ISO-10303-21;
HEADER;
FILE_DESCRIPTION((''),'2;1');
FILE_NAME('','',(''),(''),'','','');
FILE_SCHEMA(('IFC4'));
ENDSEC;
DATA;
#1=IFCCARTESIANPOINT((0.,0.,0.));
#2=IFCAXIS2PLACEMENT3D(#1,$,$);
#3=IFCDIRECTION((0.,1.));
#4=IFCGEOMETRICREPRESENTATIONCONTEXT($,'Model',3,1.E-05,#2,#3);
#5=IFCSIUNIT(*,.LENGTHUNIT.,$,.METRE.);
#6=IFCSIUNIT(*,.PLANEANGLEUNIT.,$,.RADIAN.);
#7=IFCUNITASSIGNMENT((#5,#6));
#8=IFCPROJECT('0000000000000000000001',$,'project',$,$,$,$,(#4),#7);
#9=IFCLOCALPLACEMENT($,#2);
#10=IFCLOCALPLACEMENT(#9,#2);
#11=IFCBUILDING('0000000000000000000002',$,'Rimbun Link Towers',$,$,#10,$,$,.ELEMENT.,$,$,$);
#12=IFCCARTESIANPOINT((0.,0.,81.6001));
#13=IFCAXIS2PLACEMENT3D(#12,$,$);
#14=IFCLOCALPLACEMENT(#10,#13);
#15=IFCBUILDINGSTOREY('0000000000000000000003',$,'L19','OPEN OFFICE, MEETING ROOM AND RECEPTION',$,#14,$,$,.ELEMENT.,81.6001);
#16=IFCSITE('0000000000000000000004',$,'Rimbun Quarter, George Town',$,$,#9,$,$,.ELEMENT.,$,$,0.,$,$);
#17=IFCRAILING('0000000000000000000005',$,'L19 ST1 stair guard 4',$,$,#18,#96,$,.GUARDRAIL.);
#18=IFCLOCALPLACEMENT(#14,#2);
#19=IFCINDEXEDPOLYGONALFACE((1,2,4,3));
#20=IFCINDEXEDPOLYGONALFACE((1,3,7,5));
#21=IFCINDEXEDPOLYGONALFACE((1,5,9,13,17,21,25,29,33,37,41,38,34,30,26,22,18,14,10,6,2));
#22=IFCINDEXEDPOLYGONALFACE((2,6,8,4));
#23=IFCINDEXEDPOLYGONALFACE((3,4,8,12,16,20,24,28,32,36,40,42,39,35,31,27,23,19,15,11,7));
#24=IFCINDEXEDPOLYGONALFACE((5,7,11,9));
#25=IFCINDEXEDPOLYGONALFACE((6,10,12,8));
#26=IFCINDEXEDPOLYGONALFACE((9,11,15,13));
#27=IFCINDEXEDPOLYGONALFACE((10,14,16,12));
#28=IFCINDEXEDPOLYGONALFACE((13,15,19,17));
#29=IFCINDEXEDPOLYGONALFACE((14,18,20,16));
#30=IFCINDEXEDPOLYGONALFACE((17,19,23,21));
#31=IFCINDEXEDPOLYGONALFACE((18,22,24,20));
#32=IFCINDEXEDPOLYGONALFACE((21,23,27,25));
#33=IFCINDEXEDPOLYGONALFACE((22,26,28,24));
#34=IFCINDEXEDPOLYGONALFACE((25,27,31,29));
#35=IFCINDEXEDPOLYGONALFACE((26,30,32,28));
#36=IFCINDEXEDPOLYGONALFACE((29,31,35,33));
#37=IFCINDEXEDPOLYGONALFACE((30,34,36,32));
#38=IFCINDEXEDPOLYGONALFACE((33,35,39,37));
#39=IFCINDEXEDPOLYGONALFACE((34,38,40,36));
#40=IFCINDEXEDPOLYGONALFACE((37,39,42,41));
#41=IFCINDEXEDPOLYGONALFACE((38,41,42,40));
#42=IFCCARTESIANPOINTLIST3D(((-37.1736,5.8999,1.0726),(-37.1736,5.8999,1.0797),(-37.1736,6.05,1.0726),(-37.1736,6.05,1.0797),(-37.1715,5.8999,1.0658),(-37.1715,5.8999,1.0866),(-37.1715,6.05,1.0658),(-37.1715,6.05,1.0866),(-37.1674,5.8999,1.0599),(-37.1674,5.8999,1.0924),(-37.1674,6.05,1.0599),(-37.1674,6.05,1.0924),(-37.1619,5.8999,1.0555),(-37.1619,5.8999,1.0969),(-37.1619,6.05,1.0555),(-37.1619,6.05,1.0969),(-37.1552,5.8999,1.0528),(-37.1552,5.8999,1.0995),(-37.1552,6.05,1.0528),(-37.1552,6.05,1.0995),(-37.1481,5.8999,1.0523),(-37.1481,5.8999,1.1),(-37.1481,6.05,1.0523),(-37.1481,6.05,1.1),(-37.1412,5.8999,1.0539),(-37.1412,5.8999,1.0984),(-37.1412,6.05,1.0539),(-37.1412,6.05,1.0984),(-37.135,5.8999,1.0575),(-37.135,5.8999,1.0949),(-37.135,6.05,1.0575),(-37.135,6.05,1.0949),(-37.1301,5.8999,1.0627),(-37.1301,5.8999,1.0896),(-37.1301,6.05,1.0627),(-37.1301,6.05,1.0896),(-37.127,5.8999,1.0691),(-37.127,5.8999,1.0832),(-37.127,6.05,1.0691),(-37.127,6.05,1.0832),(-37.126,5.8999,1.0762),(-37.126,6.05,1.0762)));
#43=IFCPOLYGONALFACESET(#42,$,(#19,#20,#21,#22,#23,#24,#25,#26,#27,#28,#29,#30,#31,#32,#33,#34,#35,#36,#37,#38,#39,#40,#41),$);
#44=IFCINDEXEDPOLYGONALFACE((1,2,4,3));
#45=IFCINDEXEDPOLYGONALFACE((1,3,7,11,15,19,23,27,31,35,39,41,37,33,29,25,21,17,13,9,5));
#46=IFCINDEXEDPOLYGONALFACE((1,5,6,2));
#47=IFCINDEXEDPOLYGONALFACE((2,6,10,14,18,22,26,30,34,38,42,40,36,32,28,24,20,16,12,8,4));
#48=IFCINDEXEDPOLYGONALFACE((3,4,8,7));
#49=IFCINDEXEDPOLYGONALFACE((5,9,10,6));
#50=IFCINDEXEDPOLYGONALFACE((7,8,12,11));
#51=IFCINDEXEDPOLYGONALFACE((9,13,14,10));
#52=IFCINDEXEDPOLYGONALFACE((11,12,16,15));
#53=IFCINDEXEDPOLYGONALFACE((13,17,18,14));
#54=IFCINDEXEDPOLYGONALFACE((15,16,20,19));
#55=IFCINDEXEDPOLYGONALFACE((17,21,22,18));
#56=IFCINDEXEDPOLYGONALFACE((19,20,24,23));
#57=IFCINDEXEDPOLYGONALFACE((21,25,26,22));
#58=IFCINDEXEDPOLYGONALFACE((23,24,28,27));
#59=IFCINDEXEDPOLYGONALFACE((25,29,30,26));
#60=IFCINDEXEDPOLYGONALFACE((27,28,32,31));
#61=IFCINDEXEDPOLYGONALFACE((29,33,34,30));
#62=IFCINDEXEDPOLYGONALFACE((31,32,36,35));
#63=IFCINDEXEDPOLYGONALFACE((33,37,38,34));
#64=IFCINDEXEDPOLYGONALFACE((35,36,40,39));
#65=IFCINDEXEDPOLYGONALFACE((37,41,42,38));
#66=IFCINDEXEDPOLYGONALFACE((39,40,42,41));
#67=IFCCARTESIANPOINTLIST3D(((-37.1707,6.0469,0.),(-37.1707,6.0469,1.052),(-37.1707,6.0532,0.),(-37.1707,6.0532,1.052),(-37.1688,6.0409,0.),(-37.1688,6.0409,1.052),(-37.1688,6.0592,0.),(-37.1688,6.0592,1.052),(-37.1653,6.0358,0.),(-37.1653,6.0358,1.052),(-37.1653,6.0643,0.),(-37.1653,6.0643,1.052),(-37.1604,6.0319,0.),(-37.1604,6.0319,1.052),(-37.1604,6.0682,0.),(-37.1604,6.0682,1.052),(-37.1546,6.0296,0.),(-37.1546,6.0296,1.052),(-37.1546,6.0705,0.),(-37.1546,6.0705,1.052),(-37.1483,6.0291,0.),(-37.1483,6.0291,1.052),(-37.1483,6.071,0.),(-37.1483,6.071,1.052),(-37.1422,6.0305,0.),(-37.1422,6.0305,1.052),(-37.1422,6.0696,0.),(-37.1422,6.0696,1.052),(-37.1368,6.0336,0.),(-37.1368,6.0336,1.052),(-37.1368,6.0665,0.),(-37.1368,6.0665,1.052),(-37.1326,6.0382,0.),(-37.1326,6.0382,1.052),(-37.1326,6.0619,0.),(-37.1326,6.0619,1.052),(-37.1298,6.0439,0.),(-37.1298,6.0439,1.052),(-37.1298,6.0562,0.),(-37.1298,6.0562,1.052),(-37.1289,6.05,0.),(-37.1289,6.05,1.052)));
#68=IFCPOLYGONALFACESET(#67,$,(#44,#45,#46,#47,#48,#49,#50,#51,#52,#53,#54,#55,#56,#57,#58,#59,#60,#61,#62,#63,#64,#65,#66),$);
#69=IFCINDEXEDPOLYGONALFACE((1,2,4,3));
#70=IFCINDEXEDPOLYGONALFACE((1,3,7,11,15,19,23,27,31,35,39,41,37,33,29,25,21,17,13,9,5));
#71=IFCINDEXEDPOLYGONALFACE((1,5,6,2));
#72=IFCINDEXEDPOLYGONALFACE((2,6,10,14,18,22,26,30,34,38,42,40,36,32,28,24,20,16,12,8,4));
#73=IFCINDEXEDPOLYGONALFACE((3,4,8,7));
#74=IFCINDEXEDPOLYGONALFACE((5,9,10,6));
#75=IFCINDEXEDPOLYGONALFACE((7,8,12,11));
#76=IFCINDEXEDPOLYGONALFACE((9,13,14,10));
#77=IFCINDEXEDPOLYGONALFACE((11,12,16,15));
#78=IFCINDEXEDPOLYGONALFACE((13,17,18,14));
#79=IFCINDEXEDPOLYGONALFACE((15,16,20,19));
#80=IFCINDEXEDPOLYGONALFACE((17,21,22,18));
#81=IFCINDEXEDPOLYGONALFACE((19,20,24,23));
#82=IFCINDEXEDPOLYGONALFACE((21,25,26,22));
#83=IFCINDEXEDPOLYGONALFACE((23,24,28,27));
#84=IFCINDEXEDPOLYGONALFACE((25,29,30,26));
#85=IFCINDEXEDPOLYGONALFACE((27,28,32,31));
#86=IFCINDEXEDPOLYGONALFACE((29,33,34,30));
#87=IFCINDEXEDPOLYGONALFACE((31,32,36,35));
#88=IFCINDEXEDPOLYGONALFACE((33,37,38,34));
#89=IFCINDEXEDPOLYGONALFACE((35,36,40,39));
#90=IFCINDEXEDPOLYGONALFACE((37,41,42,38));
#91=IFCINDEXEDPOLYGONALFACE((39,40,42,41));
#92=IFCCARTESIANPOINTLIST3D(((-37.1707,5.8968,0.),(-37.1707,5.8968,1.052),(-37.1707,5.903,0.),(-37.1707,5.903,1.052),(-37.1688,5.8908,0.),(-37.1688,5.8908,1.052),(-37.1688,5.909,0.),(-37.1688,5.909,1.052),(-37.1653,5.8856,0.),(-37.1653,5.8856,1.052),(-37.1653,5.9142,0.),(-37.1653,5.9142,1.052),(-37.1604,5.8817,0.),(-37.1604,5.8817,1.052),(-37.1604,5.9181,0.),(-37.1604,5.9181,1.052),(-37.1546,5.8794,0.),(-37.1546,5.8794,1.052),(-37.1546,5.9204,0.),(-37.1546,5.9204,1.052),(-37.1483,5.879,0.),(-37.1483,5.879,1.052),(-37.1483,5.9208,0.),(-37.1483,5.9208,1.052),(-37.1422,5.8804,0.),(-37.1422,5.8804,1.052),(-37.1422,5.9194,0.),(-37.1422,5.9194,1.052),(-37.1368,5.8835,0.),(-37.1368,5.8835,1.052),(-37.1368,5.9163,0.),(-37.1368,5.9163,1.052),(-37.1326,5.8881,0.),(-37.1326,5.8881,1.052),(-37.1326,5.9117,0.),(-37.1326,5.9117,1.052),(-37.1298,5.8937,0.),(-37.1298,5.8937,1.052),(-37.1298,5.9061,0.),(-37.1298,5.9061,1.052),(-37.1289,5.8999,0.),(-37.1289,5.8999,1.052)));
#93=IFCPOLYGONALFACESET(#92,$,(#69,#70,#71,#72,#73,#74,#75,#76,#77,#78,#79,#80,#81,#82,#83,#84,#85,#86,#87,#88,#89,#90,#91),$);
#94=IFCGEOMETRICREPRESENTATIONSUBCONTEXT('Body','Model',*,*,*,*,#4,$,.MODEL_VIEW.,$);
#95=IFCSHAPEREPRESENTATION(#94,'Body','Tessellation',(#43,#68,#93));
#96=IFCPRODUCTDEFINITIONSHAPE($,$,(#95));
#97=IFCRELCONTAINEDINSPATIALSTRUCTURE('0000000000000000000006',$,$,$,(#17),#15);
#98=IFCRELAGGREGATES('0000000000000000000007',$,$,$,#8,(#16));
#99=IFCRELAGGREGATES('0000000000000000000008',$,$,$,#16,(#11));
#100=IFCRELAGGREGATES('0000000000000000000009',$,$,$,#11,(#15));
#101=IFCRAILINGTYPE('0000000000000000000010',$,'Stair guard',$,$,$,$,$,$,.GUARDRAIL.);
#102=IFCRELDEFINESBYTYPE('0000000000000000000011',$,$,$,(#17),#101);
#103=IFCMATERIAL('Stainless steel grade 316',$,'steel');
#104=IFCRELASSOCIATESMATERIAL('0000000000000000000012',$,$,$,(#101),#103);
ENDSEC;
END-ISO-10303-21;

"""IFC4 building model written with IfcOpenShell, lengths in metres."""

from ifc_helpers import new_model, si_unit, direction, frame, origin, origin_2d, place, context, subcontext, project, spatial, circle, extrude, material, type_object, element, save


model = new_model("IFC4")

# Units and contexts
model_context = context("Model", 3, precision=1e-05, world=origin(), true_north=direction((0.0, 1.0)))
body_context = subcontext(model_context, "Body", "Model", "MODEL_VIEW")
ifc_project = project(units=[si_unit("LENGTHUNIT", "METRE"), si_unit("PLANEANGLEUNIT", "RADIAN")], contexts=[model_context])

# Site, building, storey
site_placement = place(None, origin())
site = spatial("IfcSite", under=ifc_project, at=site_placement, Name="Rimbun Quarter, George Town", CompositionType="ELEMENT", RefElevation=0.0)
building_placement = place(site_placement, origin())
building = spatial("IfcBuilding", under=site, at=building_placement, Name="Rimbun Link Towers", CompositionType="ELEMENT")
storey_placement = place(building_placement, frame((0.0, 0.0, 81.6001)))
storey = spatial("IfcBuildingStorey", under=building, at=storey_placement, Name="L19", Description="OPEN OFFICE, MEETING ROOM AND RECEPTION", CompositionType="ELEMENT", Elevation=81.6001)

# Railing
ifc_material_1 = material(Name="Stainless steel grade 316", Category="steel")
railing_type_1 = type_object("IfcRailingType", Name="Stair guard", PredefinedType="GUARDRAIL", material=ifc_material_1)
railing_1_placement = place(storey_placement, frame((-37.1499, 6.05, 0.0)))
element("IfcRailing", 1, at=railing_1_placement, inside=storey, type_object=railing_type_1, Name="L19 ST1 stair guard 4", PredefinedType="GUARDRAIL", context=body_context, shape_type="SweptSolid", body=[
    extrude(circle(Radius=0.0239, at=origin_2d()), frame((0.0, 0.0, 1.0762), z_axis=(0.0, -1.0, 0.0), x_axis=(1.0, 0.0, 0.0)), (0.0, 0.0, 1.0), 0.1501),
    extrude(circle(Radius=0.021, at=origin_2d()), origin(), (0.0, 0.0, 1.0), 1.052),
    extrude(circle(Radius=0.021, at=origin_2d()), frame((0.0, -0.1501, 0.0)), (0.0, 0.0, 1.0), 1.052),
])

save(model, "model.ifc")
